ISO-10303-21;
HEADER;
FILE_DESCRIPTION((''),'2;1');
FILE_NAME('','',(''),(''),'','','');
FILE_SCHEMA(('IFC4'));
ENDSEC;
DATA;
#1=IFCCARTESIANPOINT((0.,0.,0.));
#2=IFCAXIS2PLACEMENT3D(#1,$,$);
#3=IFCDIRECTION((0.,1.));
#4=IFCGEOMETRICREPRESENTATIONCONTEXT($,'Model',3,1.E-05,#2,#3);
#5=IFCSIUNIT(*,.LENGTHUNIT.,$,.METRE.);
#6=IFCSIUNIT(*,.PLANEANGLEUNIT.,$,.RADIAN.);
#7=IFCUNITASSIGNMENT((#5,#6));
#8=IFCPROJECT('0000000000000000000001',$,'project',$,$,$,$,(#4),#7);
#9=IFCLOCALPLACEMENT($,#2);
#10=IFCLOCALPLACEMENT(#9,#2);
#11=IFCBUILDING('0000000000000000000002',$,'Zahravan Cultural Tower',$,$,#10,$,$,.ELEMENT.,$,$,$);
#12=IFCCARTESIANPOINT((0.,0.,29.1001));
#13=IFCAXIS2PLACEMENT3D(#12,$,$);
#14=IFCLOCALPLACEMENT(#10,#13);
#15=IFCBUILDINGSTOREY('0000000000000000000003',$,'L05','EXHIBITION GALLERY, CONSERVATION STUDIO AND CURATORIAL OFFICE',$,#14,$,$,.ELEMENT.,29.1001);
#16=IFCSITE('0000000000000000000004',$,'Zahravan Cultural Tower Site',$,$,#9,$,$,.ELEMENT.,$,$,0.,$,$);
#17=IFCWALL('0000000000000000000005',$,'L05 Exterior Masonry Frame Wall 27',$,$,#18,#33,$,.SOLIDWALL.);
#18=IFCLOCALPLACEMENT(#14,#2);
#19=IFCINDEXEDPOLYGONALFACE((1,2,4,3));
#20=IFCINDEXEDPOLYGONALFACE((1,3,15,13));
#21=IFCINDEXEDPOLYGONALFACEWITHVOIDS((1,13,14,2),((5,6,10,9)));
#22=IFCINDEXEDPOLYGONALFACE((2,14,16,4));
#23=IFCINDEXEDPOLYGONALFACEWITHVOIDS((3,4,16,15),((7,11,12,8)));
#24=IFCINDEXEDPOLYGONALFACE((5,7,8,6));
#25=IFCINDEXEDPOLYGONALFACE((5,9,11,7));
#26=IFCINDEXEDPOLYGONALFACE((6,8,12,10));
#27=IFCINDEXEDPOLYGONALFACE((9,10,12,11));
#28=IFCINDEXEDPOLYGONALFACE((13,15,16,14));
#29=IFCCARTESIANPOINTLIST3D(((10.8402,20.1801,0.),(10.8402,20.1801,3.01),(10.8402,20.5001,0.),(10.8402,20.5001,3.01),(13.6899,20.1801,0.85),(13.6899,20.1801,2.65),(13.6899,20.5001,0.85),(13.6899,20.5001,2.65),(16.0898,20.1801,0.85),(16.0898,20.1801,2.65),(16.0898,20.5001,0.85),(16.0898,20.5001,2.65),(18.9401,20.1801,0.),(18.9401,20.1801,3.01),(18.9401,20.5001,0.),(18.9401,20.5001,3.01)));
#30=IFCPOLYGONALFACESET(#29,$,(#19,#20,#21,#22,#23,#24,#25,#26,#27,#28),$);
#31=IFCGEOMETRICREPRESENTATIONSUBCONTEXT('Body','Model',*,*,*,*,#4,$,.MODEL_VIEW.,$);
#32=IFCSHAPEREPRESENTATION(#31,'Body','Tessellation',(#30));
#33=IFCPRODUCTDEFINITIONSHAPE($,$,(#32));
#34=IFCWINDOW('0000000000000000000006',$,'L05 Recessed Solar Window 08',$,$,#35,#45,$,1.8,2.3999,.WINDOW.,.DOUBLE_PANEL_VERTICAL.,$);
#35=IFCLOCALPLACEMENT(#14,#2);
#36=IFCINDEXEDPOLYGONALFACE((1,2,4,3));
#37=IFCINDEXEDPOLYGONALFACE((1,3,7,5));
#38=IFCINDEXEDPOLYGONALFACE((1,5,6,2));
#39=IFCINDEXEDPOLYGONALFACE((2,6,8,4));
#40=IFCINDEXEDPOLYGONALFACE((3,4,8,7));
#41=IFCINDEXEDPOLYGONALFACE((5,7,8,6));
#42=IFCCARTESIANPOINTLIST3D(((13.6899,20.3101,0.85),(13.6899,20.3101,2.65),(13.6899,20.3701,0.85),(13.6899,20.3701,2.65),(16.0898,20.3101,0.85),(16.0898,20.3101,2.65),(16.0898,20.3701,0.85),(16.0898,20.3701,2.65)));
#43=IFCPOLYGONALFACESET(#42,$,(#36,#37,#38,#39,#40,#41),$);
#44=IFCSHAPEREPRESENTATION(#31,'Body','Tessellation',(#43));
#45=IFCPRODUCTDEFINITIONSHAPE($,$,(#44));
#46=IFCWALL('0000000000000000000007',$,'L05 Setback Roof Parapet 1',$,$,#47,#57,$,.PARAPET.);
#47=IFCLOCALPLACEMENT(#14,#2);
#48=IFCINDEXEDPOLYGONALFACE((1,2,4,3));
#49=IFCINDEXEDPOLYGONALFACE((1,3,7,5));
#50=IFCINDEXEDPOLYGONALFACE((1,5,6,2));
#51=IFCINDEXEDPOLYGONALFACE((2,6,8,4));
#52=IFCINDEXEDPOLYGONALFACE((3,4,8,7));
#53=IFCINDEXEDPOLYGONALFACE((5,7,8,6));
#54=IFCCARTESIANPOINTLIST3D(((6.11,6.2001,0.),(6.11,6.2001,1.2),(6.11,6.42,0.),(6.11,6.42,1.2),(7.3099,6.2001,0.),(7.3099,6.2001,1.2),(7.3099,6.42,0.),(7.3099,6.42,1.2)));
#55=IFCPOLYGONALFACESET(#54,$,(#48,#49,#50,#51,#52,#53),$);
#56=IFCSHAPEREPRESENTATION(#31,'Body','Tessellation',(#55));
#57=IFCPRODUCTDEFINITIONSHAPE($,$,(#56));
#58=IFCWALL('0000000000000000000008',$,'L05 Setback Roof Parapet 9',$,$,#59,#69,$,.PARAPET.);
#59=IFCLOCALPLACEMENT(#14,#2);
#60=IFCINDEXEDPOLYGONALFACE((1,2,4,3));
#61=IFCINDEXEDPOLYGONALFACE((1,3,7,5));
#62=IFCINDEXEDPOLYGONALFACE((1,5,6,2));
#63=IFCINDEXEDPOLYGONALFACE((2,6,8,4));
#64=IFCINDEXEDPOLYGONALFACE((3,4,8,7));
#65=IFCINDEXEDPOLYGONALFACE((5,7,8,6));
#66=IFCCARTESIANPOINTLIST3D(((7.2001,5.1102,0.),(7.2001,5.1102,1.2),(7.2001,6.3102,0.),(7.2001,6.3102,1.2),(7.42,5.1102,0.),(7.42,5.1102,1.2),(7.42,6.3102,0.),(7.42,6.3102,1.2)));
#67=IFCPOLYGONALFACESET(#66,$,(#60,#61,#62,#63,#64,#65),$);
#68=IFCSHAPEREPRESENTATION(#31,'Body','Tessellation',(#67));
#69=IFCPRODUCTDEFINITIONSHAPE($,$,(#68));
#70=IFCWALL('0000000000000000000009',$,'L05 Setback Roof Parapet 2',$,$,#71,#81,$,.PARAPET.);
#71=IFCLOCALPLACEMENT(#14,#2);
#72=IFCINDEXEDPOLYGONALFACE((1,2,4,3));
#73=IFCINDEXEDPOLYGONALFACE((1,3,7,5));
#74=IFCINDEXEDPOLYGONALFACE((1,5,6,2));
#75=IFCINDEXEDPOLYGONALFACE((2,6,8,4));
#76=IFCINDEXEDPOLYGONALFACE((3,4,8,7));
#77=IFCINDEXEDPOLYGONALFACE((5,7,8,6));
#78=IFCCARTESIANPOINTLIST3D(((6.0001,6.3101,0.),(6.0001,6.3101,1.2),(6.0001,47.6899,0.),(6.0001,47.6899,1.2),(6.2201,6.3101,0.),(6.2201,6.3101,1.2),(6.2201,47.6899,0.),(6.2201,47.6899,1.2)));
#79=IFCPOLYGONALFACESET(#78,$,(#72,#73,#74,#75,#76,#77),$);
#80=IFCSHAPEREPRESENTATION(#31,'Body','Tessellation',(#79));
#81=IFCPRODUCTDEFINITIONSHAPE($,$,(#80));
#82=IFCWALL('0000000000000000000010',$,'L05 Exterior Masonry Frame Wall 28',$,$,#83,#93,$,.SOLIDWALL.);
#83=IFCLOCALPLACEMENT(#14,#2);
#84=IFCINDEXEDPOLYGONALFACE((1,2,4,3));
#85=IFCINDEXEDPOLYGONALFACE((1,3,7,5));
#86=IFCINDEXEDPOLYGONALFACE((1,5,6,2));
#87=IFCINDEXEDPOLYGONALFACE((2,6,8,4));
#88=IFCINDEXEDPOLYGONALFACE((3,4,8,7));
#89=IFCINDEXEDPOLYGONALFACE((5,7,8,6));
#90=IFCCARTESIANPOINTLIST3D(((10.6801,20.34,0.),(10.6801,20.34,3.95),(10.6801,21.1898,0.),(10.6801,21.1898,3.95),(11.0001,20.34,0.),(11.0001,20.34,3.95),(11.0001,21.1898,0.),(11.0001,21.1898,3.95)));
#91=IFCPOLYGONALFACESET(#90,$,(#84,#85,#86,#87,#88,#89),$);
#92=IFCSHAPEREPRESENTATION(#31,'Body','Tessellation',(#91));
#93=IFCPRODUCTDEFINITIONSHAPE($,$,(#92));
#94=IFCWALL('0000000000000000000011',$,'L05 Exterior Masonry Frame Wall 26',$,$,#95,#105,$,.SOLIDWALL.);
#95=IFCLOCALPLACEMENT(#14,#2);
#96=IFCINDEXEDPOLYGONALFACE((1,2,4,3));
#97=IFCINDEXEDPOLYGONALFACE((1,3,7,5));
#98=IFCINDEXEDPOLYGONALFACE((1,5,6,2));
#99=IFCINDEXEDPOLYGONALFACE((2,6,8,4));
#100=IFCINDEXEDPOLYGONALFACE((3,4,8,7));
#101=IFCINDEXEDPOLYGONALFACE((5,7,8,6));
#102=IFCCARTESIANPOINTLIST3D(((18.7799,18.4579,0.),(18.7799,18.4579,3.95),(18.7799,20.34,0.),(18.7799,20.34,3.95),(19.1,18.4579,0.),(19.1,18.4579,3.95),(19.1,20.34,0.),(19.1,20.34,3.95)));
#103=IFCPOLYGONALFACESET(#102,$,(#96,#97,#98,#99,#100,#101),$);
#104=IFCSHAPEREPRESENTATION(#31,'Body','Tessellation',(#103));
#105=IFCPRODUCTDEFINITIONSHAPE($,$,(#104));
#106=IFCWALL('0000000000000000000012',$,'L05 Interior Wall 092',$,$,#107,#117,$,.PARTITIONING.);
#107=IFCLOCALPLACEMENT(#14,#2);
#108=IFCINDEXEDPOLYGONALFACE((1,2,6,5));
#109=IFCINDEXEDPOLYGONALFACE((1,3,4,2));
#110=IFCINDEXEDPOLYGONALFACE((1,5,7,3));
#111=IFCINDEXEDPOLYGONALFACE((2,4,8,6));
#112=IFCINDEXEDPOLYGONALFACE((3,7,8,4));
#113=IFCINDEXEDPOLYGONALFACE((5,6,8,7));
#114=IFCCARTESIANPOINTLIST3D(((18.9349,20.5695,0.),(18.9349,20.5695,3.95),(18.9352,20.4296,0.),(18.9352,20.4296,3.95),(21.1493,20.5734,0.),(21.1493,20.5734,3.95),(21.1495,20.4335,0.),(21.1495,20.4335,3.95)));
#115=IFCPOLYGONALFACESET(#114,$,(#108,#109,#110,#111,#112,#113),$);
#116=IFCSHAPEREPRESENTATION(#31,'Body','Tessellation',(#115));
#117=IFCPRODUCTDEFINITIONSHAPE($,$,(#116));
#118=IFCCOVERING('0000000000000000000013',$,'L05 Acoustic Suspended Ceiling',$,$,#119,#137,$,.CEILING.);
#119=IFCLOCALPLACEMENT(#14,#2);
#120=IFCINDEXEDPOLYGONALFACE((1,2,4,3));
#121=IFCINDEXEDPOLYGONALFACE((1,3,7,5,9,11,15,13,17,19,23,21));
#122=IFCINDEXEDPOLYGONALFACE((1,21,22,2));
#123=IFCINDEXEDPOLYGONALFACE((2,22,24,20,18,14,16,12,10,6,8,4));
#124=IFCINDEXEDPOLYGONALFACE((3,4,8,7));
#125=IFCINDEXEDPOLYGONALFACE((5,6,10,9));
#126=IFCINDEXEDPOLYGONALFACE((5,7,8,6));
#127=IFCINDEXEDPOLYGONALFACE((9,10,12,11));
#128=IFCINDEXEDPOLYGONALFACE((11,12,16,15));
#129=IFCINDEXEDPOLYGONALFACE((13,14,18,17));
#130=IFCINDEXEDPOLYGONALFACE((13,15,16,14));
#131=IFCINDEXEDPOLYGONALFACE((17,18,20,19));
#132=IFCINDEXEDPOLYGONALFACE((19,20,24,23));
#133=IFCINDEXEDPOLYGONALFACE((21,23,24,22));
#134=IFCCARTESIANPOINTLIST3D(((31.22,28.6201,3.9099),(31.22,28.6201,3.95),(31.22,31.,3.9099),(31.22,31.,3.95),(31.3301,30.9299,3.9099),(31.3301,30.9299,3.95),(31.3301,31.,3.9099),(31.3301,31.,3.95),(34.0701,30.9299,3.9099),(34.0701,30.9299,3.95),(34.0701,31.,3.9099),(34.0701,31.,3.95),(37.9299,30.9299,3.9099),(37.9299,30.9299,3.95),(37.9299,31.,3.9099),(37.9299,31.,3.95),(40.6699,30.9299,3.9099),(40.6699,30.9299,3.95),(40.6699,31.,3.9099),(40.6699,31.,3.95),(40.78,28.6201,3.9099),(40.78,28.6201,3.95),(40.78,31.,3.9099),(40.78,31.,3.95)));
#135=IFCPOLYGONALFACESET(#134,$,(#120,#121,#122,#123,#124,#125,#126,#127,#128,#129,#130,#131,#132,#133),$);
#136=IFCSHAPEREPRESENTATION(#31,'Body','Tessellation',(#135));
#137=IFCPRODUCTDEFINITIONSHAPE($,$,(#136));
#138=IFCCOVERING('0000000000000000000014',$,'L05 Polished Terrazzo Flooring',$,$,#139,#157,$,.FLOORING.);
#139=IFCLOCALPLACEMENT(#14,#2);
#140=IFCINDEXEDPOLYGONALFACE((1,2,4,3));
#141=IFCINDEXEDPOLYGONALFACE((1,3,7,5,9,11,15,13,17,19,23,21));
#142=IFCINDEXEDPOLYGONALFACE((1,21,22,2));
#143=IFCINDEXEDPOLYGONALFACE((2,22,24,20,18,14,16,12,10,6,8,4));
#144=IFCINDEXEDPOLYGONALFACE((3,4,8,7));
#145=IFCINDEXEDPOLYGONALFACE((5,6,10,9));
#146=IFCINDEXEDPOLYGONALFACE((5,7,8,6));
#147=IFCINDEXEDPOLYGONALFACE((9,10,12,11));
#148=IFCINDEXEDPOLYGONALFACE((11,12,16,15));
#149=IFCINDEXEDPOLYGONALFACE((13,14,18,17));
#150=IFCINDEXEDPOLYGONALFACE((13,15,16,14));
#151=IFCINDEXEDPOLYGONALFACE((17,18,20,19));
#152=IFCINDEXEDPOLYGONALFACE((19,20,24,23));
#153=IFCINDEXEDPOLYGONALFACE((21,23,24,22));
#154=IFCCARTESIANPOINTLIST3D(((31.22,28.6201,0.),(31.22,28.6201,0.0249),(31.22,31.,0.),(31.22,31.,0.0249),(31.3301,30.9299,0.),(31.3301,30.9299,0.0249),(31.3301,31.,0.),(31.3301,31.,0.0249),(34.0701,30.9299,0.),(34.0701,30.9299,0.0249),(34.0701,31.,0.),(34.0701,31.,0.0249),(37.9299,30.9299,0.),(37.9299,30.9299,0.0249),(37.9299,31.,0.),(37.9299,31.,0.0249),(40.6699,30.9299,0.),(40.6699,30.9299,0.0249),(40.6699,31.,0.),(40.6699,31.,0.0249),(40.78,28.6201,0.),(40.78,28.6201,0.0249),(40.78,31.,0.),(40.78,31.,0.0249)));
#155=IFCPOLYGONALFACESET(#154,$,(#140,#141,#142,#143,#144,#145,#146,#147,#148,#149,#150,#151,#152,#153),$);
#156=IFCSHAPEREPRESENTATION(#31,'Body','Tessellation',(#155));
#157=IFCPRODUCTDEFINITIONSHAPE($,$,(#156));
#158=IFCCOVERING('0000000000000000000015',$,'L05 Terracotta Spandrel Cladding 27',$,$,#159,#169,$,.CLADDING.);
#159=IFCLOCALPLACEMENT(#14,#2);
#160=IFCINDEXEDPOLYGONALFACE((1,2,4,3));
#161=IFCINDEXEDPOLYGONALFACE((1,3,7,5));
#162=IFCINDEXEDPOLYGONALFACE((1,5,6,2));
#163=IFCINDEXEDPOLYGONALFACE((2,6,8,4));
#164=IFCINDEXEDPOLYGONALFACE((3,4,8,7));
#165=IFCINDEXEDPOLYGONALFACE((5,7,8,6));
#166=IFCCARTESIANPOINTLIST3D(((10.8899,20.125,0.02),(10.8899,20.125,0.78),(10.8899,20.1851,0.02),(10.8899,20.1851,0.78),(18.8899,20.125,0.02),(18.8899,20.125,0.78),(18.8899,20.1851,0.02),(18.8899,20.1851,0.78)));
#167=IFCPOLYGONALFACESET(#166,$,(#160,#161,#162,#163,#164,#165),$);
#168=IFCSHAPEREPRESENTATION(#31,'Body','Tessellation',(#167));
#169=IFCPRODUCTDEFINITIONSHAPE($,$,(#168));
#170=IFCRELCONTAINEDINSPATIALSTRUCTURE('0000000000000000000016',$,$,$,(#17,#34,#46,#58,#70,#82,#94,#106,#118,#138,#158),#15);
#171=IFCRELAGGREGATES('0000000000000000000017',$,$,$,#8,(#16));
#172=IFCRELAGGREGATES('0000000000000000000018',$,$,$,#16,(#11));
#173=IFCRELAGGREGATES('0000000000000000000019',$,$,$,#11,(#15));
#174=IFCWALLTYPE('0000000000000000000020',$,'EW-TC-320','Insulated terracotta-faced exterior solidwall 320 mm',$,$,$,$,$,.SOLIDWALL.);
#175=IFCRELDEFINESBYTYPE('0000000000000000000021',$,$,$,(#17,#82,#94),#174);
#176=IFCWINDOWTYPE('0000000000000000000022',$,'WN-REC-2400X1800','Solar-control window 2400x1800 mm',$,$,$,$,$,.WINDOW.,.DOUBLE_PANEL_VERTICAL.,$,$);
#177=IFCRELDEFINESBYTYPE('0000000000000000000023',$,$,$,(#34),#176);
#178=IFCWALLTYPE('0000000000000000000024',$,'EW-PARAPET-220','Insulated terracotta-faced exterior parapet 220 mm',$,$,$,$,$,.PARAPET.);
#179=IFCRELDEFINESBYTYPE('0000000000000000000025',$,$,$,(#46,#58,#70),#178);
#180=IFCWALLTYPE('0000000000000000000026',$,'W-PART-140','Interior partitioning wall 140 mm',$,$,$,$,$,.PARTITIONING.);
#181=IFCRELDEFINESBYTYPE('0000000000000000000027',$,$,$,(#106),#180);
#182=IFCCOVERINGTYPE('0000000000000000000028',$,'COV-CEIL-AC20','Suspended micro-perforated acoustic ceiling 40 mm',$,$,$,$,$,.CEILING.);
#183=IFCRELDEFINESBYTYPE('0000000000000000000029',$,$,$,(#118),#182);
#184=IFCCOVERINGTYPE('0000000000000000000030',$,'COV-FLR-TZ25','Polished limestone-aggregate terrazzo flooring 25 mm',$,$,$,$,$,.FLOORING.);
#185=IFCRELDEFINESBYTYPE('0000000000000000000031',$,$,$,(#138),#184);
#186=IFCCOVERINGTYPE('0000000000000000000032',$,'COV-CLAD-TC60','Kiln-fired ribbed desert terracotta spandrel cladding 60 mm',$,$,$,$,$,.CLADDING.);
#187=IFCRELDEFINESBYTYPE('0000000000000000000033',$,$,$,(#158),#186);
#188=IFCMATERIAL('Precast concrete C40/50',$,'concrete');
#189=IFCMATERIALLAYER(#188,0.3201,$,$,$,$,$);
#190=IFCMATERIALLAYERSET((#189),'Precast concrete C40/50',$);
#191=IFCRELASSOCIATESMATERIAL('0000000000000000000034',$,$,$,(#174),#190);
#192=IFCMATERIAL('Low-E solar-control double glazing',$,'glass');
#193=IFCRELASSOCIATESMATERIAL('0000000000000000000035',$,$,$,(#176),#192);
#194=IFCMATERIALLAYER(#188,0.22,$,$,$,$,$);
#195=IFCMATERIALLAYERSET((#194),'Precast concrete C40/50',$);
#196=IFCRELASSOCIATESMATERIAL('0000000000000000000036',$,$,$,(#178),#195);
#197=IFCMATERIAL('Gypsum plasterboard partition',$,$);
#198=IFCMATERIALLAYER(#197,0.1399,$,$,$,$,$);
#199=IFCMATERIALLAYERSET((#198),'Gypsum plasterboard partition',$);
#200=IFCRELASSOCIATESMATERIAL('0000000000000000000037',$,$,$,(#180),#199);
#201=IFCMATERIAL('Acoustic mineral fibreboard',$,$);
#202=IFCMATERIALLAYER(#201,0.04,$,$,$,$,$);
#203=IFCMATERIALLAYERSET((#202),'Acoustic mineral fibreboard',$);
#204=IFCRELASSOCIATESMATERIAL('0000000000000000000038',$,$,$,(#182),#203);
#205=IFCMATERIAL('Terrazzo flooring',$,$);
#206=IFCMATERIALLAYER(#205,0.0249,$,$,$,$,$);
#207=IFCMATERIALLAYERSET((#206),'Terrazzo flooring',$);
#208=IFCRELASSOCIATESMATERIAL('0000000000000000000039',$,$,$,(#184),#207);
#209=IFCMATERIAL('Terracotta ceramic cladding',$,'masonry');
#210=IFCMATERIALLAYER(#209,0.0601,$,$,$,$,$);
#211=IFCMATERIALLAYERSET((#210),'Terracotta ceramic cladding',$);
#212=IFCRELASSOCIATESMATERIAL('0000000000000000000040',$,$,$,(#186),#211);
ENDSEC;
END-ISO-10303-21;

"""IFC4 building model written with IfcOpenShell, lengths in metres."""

from ifc_helpers import new_model, si_unit, direction, frame, frame_2d, origin, origin_2d, place, context, subcontext, project, spatial, polyline, rectangle, outline, extrude, source, transform, mapped, material, layer, layer_set, type_object, element, fill, save


model = new_model("IFC4")

# Units and contexts
model_context = context("Model", 3, precision=1e-05, world=origin(), true_north=direction((0.0, 1.0)))
body_context = subcontext(model_context, "Body", "Model", "MODEL_VIEW")
ifc_project = project(units=[si_unit("LENGTHUNIT", "METRE"), si_unit("PLANEANGLEUNIT", "RADIAN")], contexts=[model_context])

# Site, building, storey
site_placement = place(None, origin())
site = spatial("IfcSite", under=ifc_project, at=site_placement, Name="Zahravan Cultural Tower Site", CompositionType="ELEMENT", RefElevation=0.0)
building_placement = place(site_placement, origin())
building = spatial("IfcBuilding", under=site, at=building_placement, Name="Zahravan Cultural Tower", CompositionType="ELEMENT")
storey_placement = place(building_placement, frame((0.0, 0.0, 29.1001)))
storey = spatial("IfcBuildingStorey", under=building, at=storey_placement, Name="L05", Description="EXHIBITION GALLERY, CONSERVATION STUDIO AND CURATORIAL OFFICE", CompositionType="ELEMENT", Elevation=29.1001)

# Shared definitions
ifc_material_1 = material(Name="Precast concrete C40/50", Category="concrete")
ifc_material_2 = material(Name="Low-E solar-control double glazing", Category="glass")

# Wall, opening, window
ifc_layer_1 = layer(ifc_material_1, 0.3201)
ifc_layer_set_1 = layer_set([ifc_layer_1], Name="Precast concrete C40/50")
wall_type_1 = type_object("IfcWallType", Name="EW-TC-320", Description="Insulated terracotta-faced exterior solidwall 320 mm", PredefinedType="SOLIDWALL", material=ifc_layer_set_1)
wall_1_placement = place(storey_placement, frame((18.9399, 20.3401, 0.0), z_axis=(0.0, 0.0, 1.0), x_axis=(-1.0, 0.0, 0.0)))
wall_1 = element("IfcWall", 1, at=wall_1_placement, inside=storey, type_object=wall_type_1, Name="L05 Exterior Masonry Frame Wall 27", PredefinedType="SOLIDWALL", context=body_context, shape_type="SweptSolid", body=[
    extrude(rectangle(XDim=8.0999, YDim=0.3201, at=frame_2d((4.0498, 0.0))), origin(), (0.0, 0.0, 1.0), 3.01),
])
opening_1_placement = place(wall_1_placement, frame((2.8501, 0.0, 0.8501)))
opening_1 = element("IfcOpeningElement", 2, at=opening_1_placement, cuts=wall_1, PredefinedType="OPENING", context=body_context, shape_type="SweptSolid", body=[
    extrude(rectangle(XDim=2.3999, YDim=1.8, at=frame_2d((1.2, 0.8999))), frame((0.0, 0.1699, 0.0), z_axis=(0.0, -1.0, 0.0), x_axis=(1.0, 0.0, 0.0)), (0.0, 0.0, 1.0), 0.3401),
])
window_type_1 = type_object("IfcWindowType", Name="WN-REC-2400X1800", Description="Solar-control window 2400x1800 mm", PartitioningType="DOUBLE_PANEL_VERTICAL", PredefinedType="WINDOW", material=ifc_material_2)
shared_shape_1 = source(origin(), body_context, "Body", "SweptSolid", [
    extrude(rectangle(XDim=2.3999, YDim=1.8, at=frame_2d((1.2, 0.8999))), frame((0.0, 0.03, 0.0), z_axis=(0.0, -1.0, 0.0), x_axis=(1.0, 0.0, 0.0)), (0.0, 0.0, 1.0), 0.0601),
])
window_1_placement = place(opening_1_placement, origin())
window_1 = element("IfcWindow", 3, at=window_1_placement, inside=storey, type_object=window_type_1, Name="L05 Recessed Solar Window 08", OverallHeight=1.8, OverallWidth=2.3999, PartitioningType="DOUBLE_PANEL_VERTICAL", PredefinedType="WINDOW", context=body_context, shape_type="MappedRepresentation", body=[
    mapped(shared_shape_1, transform((0.0, 0.0, 0.0), x_axis=(1.0, 0.0, 0.0), y_axis=(0.0, 1.0, 0.0), z_axis=(0.0, 0.0, 1.0), scale=1.0)),
])
fill(opening_1, window_1)

# Walls
ifc_layer_2 = layer(ifc_material_1, 0.22)
ifc_layer_set_2 = layer_set([ifc_layer_2], Name="Precast concrete C40/50")
wall_type_2 = type_object("IfcWallType", Name="EW-PARAPET-220", Description="Insulated terracotta-faced exterior parapet 220 mm", PredefinedType="PARAPET", material=ifc_layer_set_2)
shared_shape_2 = source(origin(), body_context, "Body", "SweptSolid", [
    extrude(rectangle(XDim=1.2, YDim=0.22, at=frame_2d((0.6001, 0.0))), origin(), (0.0, 0.0, 1.0), 1.2),
])
for number, where, z_axis, x_axis, name in (
    (4, (7.3101, 6.3101, 0.0), (0.0, 0.0, 1.0), (-1.0, 0.0, 0.0), "L05 Setback Roof Parapet 1"),
    (5, (7.3101, 5.1101, 0.0), (0.0, 0.0, 1.0), (0.0, 1.0, 0.0), "L05 Setback Roof Parapet 9"),
):
    element("IfcWall", number, at=place(storey_placement, frame(where, z_axis=z_axis, x_axis=x_axis)), inside=storey, type_object=wall_type_2, Name=name, PredefinedType="PARAPET", context=body_context, shape_type="MappedRepresentation", body=[
        mapped(shared_shape_2, transform((0.0, 0.0, 0.0), x_axis=(1.0, 0.0, 0.0), y_axis=(0.0, 1.0, 0.0), z_axis=(0.0, 0.0, 1.0), scale=1.0)),
    ])
shared_shape_3 = source(origin(), body_context, "Body", "SweptSolid", [
    extrude(rectangle(XDim=41.3799, YDim=0.22, at=frame_2d((20.6899, 0.0))), origin(), (0.0, 0.0, 1.0), 1.2),
])
wall_2_placement = place(storey_placement, frame((6.1101, 6.3101, 0.0), z_axis=(0.0, 0.0, 1.0), x_axis=(0.0, 1.0, 0.0)))
element("IfcWall", 6, at=wall_2_placement, inside=storey, type_object=wall_type_2, Name="L05 Setback Roof Parapet 2", PredefinedType="PARAPET", context=body_context, shape_type="MappedRepresentation", body=[
    mapped(shared_shape_3, transform((0.0, 0.0, 0.0), x_axis=(1.0, 0.0, 0.0), y_axis=(0.0, 1.0, 0.0), z_axis=(0.0, 0.0, 1.0), scale=1.0)),
])
shared_shape_4 = source(origin(), body_context, "Body", "SweptSolid", [
    extrude(rectangle(XDim=0.8499, YDim=0.3201, at=frame_2d((0.4248, 0.0))), origin(), (0.0, 0.0, 1.0), 3.95),
])
wall_3_placement = place(storey_placement, frame((10.8401, 20.3401, 0.0), z_axis=(0.0, 0.0, 1.0), x_axis=(0.0, 1.0, 0.0)))
element("IfcWall", 7, at=wall_3_placement, inside=storey, type_object=wall_type_1, Name="L05 Exterior Masonry Frame Wall 28", PredefinedType="SOLIDWALL", context=body_context, shape_type="MappedRepresentation", body=[
    mapped(shared_shape_4, transform((0.0, 0.0, 0.0), x_axis=(1.0, 0.0, 0.0), y_axis=(0.0, 1.0, 0.0), z_axis=(0.0, 0.0, 1.0), scale=1.0)),
])
shared_shape_5 = source(origin(), body_context, "Body", "SweptSolid", [
    extrude(rectangle(XDim=1.8821, YDim=0.3201, at=frame_2d((0.9409, 0.0))), origin(), (0.0, 0.0, 1.0), 3.95),
])
wall_4_placement = place(storey_placement, frame((18.9399, 18.458, 0.0), z_axis=(0.0, 0.0, 1.0), x_axis=(0.0, 1.0, 0.0)))
element("IfcWall", 8, at=wall_4_placement, inside=storey, type_object=wall_type_1, Name="L05 Exterior Masonry Frame Wall 26", PredefinedType="SOLIDWALL", context=body_context, shape_type="MappedRepresentation", body=[
    mapped(shared_shape_5, transform((0.0, 0.0, 0.0), x_axis=(1.0, 0.0, 0.0), y_axis=(0.0, 1.0, 0.0), z_axis=(0.0, 0.0, 1.0), scale=1.0)),
])
ifc_material_3 = material(Name="Gypsum plasterboard partition")
ifc_layer_3 = layer(ifc_material_3, 0.1399)
ifc_layer_set_3 = layer_set([ifc_layer_3], Name="Gypsum plasterboard partition")
wall_type_3 = type_object("IfcWallType", Name="W-PART-140", Description="Interior partitioning wall 140 mm", PredefinedType="PARTITIONING", material=ifc_layer_set_3)
shared_shape_6 = source(origin(), body_context, "Body", "SweptSolid", [
    extrude(rectangle(XDim=2.2144, YDim=0.1399, at=frame_2d((1.1072, 0.0))), origin(), (0.0, 0.0, 1.0), 3.95),
])
wall_5_placement = place(storey_placement, frame((18.9351, 20.4995, 0.0), z_axis=(0.0, 0.0, 1.0), x_axis=(0.999998, 0.001764, 0.0)))
element("IfcWall", 9, at=wall_5_placement, inside=storey, type_object=wall_type_3, Name="L05 Interior Wall 092", PredefinedType="PARTITIONING", context=body_context, shape_type="MappedRepresentation", body=[
    mapped(shared_shape_6, transform((0.0, 0.0, 0.0), x_axis=(1.0, 0.0, 0.0), y_axis=(0.0, 1.0, 0.0), z_axis=(0.0, 0.0, 1.0), scale=1.0)),
])

# Coverings
ifc_material_4 = material(Name="Acoustic mineral fibreboard")
ifc_layer_4 = layer(ifc_material_4, 0.04)
ifc_layer_set_4 = layer_set([ifc_layer_4], Name="Acoustic mineral fibreboard")
covering_type_1 = type_object("IfcCoveringType", Name="COV-CEIL-AC20", Description="Suspended micro-perforated acoustic ceiling 40 mm", PredefinedType="CEILING", material=ifc_layer_set_4)
covering_1_placement = place(storey_placement, frame((0.0, 0.0, 3.9099)))
element("IfcCovering", 10, at=covering_1_placement, inside=storey, type_object=covering_type_1, Name="L05 Acoustic Suspended Ceiling", PredefinedType="CEILING", context=body_context, shape_type="SweptSolid", body=[
    extrude(outline(polyline([(31.22, 31.0), (31.22, 28.6201), (40.78, 28.6201), (40.78, 31.0), (40.6699, 31.0), (40.6699, 30.9299), (37.9299, 30.9299), (37.9299, 31.0), (34.0701, 31.0), (34.0701, 30.9299), (31.3301, 30.9299), (31.3301, 31.0), (31.22, 31.0)])), origin(), (0.0, 0.0, 1.0), 0.04),
])
ifc_material_5 = material(Name="Terrazzo flooring")
ifc_layer_5 = layer(ifc_material_5, 0.0249)
ifc_layer_set_5 = layer_set([ifc_layer_5], Name="Terrazzo flooring")
covering_type_2 = type_object("IfcCoveringType", Name="COV-FLR-TZ25", Description="Polished limestone-aggregate terrazzo flooring 25 mm", PredefinedType="FLOORING", material=ifc_layer_set_5)
covering_2_placement = place(storey_placement, origin())
element("IfcCovering", 11, at=covering_2_placement, inside=storey, type_object=covering_type_2, Name="L05 Polished Terrazzo Flooring", PredefinedType="FLOORING", context=body_context, shape_type="SweptSolid", body=[
    extrude(outline(polyline([(31.22, 31.0), (31.22, 28.6201), (40.78, 28.6201), (40.78, 31.0), (40.6699, 31.0), (40.6699, 30.9299), (37.9299, 30.9299), (37.9299, 31.0), (34.0701, 31.0), (34.0701, 30.9299), (31.3301, 30.9299), (31.3301, 31.0), (31.22, 31.0)])), origin(), (0.0, 0.0, 1.0), 0.0249),
])
ifc_material_6 = material(Name="Terracotta ceramic cladding", Category="masonry")
ifc_layer_6 = layer(ifc_material_6, 0.0601)
ifc_layer_set_6 = layer_set([ifc_layer_6], Name="Terracotta ceramic cladding")
covering_type_3 = type_object("IfcCoveringType", Name="COV-CLAD-TC60", Description="Kiln-fired ribbed desert terracotta spandrel cladding 60 mm", PredefinedType="CLADDING", material=ifc_layer_set_6)
shared_shape_7 = source(origin(), body_context, "Body", "SweptSolid", [
    extrude(rectangle(XDim=8.0, YDim=0.0601, at=origin_2d()), origin(), (0.0, 0.0, 1.0), 0.76),
])
covering_3_placement = place(storey_placement, frame((14.8899, 20.155, 0.02), z_axis=(0.0, 0.0, 1.0), x_axis=(-1.0, 0.0, 0.0)))
element("IfcCovering", 12, at=covering_3_placement, inside=storey, type_object=covering_type_3, Name="L05 Terracotta Spandrel Cladding 27", PredefinedType="CLADDING", context=body_context, shape_type="MappedRepresentation", body=[
    mapped(shared_shape_7, transform((0.0, 0.0, 0.0), x_axis=(1.0, 0.0, 0.0), y_axis=(0.0, 1.0, 0.0), z_axis=(0.0, 0.0, 1.0), scale=1.0)),
])

save(model, "model.ifc")
